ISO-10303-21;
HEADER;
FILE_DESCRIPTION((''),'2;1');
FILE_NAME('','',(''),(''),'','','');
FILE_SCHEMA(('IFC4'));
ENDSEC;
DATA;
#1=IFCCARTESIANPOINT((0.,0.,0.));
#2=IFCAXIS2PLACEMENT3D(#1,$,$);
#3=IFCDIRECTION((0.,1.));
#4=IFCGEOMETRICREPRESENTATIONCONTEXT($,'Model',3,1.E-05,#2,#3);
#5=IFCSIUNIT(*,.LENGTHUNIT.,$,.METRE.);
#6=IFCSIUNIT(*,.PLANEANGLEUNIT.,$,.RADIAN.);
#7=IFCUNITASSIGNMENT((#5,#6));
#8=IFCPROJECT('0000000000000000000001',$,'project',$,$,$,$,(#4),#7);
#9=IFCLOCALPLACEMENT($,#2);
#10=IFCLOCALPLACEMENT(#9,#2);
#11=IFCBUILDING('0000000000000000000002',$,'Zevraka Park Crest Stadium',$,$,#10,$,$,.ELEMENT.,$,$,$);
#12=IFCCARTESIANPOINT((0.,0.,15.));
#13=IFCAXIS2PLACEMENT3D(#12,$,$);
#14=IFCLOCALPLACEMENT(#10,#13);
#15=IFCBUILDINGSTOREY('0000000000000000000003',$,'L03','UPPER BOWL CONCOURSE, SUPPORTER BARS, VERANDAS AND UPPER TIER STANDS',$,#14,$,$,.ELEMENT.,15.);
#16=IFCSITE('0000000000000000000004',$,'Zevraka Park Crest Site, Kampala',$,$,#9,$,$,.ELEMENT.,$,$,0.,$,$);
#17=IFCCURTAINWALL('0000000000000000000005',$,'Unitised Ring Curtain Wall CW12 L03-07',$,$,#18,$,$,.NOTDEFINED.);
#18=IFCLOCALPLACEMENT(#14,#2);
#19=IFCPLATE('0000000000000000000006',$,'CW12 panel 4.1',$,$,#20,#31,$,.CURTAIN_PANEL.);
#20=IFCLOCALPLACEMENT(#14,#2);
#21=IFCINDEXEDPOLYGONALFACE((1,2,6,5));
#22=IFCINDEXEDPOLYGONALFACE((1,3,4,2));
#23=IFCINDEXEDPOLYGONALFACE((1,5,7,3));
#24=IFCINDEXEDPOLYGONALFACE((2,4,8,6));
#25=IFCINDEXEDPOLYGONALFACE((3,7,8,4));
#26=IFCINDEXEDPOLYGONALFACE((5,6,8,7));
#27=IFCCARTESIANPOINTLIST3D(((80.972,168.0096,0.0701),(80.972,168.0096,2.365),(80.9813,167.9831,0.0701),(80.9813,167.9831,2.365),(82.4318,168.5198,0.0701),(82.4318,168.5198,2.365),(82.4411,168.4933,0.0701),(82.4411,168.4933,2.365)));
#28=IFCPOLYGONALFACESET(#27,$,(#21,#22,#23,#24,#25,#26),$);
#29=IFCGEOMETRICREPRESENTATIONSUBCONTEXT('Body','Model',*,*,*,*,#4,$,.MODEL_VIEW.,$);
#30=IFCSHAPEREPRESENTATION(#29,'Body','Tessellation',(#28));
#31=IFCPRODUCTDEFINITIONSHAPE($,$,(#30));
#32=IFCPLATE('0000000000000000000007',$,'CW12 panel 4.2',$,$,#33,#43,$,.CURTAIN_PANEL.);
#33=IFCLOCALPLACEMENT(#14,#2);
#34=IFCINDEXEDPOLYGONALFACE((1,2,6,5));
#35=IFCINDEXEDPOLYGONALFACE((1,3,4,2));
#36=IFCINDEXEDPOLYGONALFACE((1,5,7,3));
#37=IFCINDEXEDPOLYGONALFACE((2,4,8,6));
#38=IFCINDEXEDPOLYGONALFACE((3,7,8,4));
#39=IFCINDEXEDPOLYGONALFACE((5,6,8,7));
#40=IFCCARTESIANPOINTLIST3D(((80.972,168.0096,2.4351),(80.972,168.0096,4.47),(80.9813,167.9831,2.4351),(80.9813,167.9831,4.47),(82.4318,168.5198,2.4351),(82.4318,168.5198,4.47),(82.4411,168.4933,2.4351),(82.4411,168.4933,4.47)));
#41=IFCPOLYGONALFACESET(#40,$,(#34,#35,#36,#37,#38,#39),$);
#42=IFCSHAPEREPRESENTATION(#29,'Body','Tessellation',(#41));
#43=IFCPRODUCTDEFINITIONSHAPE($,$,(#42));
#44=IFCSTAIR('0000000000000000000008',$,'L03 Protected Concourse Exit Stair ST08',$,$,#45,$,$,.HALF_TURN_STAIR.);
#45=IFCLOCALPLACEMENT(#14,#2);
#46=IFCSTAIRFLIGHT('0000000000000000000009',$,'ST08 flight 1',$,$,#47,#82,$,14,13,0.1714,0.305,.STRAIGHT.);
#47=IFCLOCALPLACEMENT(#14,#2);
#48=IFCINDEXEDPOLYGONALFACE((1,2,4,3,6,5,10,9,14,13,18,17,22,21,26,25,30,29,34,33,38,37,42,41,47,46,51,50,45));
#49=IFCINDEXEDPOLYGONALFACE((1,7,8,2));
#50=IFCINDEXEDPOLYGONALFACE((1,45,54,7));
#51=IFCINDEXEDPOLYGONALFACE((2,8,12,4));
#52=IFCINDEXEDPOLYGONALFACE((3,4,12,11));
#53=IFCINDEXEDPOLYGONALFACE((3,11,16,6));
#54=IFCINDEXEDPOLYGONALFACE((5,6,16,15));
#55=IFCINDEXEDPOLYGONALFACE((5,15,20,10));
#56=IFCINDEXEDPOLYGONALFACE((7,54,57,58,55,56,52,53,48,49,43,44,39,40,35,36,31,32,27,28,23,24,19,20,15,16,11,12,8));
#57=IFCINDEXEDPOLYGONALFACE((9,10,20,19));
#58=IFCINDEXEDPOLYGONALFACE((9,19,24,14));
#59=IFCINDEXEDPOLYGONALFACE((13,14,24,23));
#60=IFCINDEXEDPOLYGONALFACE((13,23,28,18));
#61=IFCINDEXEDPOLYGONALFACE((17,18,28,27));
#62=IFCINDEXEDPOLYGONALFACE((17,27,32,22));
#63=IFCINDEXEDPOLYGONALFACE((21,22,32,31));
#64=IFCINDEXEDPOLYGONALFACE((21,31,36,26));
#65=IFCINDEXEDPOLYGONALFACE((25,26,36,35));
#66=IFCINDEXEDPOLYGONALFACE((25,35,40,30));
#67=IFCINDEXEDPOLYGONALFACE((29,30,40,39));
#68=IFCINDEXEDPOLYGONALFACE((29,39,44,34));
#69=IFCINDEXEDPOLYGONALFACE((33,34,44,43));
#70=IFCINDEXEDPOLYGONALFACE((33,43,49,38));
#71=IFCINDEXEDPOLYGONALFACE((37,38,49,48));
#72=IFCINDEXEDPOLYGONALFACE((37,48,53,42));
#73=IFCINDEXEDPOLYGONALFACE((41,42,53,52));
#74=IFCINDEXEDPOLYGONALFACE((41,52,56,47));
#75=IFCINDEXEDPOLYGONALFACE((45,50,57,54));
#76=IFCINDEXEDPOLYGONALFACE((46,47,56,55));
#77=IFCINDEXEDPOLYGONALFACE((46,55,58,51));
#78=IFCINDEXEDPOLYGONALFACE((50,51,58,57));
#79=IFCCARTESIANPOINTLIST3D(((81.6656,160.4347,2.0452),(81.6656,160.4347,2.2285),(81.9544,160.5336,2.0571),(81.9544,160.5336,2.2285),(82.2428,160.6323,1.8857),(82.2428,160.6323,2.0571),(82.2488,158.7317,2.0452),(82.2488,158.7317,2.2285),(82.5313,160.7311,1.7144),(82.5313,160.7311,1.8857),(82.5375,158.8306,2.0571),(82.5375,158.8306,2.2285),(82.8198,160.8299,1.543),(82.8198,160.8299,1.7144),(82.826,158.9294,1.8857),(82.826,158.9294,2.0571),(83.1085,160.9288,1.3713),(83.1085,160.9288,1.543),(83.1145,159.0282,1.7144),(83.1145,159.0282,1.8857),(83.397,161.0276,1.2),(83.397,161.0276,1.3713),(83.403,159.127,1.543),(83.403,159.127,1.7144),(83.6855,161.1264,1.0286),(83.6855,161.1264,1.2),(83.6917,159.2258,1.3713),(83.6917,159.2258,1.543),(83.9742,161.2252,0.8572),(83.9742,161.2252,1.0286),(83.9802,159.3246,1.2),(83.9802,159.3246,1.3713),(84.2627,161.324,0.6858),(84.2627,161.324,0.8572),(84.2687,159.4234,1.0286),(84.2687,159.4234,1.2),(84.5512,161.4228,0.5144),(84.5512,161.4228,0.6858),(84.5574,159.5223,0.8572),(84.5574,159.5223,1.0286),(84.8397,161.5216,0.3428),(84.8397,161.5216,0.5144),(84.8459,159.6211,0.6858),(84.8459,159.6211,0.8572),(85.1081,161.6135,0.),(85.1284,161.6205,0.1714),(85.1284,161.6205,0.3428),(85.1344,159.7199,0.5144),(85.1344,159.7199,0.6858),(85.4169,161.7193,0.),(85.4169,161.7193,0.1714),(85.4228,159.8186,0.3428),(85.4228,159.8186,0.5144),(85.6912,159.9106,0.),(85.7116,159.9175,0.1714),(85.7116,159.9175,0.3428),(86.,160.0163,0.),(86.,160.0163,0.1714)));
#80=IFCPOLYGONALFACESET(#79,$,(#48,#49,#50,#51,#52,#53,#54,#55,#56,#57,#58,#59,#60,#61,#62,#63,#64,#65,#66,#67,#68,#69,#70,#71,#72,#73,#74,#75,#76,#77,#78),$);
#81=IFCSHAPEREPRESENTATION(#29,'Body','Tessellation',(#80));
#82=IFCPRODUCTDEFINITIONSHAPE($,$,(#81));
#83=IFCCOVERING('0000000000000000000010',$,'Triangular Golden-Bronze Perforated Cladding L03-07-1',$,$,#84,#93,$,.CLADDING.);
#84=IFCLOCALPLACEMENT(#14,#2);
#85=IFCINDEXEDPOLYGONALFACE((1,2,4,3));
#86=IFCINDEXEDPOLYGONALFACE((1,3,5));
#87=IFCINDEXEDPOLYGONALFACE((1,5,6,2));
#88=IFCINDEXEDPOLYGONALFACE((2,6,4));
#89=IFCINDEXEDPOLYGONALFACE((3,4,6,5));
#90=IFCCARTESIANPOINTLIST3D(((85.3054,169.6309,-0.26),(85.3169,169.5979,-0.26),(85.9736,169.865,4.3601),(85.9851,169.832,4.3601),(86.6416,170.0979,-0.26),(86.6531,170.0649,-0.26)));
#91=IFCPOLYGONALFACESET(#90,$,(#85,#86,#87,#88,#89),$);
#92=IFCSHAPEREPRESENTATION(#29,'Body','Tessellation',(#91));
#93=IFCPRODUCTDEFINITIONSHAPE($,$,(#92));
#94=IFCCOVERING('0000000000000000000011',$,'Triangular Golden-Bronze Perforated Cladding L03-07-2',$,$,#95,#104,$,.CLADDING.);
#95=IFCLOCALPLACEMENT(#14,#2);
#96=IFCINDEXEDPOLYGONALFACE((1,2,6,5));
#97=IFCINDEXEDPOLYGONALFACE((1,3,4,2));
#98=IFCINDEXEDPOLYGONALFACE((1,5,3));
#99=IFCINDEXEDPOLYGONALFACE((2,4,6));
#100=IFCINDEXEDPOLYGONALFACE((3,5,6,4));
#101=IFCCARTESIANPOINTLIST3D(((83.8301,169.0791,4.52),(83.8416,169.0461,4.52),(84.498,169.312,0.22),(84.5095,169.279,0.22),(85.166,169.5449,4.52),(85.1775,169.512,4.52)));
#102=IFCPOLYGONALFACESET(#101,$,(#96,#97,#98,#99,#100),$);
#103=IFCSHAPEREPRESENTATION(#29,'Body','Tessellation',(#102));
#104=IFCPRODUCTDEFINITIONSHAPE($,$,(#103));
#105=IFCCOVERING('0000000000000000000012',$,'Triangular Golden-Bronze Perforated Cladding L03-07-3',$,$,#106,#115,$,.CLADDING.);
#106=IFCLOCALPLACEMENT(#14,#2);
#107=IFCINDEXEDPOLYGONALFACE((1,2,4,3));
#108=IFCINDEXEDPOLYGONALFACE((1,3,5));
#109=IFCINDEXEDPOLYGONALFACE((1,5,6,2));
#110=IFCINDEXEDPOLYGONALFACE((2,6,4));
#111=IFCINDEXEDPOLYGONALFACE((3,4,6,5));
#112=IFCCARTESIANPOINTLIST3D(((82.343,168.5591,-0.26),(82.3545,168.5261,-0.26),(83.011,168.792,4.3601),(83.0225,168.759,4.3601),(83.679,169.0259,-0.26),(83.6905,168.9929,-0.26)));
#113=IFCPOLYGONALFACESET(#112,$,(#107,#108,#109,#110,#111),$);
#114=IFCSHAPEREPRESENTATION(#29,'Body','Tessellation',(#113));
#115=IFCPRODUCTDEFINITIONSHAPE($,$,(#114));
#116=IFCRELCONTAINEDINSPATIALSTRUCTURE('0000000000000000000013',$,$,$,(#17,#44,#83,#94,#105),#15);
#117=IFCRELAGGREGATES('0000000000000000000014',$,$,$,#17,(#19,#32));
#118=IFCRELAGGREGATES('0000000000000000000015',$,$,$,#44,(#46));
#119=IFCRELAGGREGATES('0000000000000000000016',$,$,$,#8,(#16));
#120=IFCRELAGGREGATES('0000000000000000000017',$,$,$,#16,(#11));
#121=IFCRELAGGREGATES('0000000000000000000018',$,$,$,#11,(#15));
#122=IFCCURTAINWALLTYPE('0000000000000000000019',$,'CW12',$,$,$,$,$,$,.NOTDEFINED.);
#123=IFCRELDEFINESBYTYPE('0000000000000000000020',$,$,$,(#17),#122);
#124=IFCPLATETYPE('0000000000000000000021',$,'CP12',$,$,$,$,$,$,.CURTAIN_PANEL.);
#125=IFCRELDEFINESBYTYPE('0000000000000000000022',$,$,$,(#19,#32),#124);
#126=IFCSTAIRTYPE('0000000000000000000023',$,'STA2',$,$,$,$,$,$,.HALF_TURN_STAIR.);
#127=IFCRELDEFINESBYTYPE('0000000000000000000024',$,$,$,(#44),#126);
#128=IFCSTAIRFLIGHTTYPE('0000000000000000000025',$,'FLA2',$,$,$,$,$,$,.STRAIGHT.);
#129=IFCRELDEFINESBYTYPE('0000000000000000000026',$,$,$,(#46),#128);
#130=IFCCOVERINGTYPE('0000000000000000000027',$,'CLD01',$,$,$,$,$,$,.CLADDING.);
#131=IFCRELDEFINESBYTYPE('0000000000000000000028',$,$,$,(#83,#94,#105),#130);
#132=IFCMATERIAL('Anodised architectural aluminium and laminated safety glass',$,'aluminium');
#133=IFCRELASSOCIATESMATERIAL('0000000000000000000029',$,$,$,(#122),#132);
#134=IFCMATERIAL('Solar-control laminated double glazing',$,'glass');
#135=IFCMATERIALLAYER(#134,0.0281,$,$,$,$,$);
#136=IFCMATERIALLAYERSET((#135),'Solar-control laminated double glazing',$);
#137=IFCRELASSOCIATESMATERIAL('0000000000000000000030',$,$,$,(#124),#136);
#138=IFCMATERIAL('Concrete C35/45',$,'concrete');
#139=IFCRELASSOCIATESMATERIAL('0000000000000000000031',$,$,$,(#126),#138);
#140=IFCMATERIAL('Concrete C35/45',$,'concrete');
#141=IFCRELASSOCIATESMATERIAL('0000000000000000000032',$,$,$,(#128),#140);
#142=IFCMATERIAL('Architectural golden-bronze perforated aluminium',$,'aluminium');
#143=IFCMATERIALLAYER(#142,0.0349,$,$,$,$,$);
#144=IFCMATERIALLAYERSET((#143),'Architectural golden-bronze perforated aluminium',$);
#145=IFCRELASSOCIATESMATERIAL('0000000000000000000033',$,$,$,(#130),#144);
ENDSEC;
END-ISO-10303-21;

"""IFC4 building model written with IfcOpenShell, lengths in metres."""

from ifc_helpers import new_model, si_unit, direction, frame, origin, origin_2d, place, context, subcontext, project, spatial, polyline, rectangle, outline, extrude, material, layer, layer_set, type_object, element, aggregate, save


model = new_model("IFC4")

# Units and contexts
model_context = context("Model", 3, precision=1e-05, world=origin(), true_north=direction((0.0, 1.0)))
body_context = subcontext(model_context, "Body", "Model", "MODEL_VIEW")
ifc_project = project(units=[si_unit("LENGTHUNIT", "METRE"), si_unit("PLANEANGLEUNIT", "RADIAN")], contexts=[model_context])

# Site, building, storey
site_placement = place(None, origin())
site = spatial("IfcSite", under=ifc_project, at=site_placement, Name="Zevraka Park Crest Site, Kampala", CompositionType="ELEMENT", RefElevation=0.0)
building_placement = place(site_placement, origin())
building = spatial("IfcBuilding", under=site, at=building_placement, Name="Zevraka Park Crest Stadium", CompositionType="ELEMENT")
storey_placement = place(building_placement, frame((0.0, 0.0, 15.0)))
storey = spatial("IfcBuildingStorey", under=building, at=storey_placement, Name="L03", Description="UPPER BOWL CONCOURSE, SUPPORTER BARS, VERANDAS AND UPPER TIER STANDS", CompositionType="ELEMENT", Elevation=15.0)

# Curtain wall
ifc_material_1 = material(Name="Anodised architectural aluminium and laminated safety glass", Category="aluminium")
curtain_wall_type_1 = type_object("IfcCurtainWallType", Name="CW12", PredefinedType="NOTDEFINED", material=ifc_material_1)
curtain_wall_1_placement = place(storey_placement, origin())
curtain_wall_1 = element("IfcCurtainWall", 1, at=curtain_wall_1_placement, inside=storey, type_object=curtain_wall_type_1, Name="Unitised Ring Curtain Wall CW12 L03-07", PredefinedType="NOTDEFINED")

# Plates
ifc_material_2 = material(Name="Solar-control laminated double glazing", Category="glass")
ifc_layer_1 = layer(ifc_material_2, 0.0281)
ifc_layer_set_1 = layer_set([ifc_layer_1], Name="Solar-control laminated double glazing")
plate_type = type_object("IfcPlateType", Name="CP12", PredefinedType="CURTAIN_PANEL", material=ifc_layer_set_1)
plate_1_placement = place(storey_placement, frame((81.7065, 168.2515, 0.0701), z_axis=(0.0, 0.0, 1.0), x_axis=(-0.94401, -0.329917, 0.0)))
plate_1 = element("IfcPlate", 2, at=plate_1_placement, type_object=plate_type, Name="CW12 panel 4.1", PredefinedType="CURTAIN_PANEL", context=body_context, shape_type="SweptSolid", body=[
    extrude(rectangle(XDim=1.5464, YDim=0.0281, at=origin_2d()), origin(), (0.0, 0.0, 1.0), 2.2949),
])
plate_2_placement = place(storey_placement, frame((81.7065, 168.2515, 2.4351), z_axis=(0.0, 0.0, 1.0), x_axis=(-0.94401, -0.329917, 0.0)))
plate_2 = element("IfcPlate", 3, at=plate_2_placement, type_object=plate_type, Name="CW12 panel 4.2", PredefinedType="CURTAIN_PANEL", context=body_context, shape_type="SweptSolid", body=[
    extrude(rectangle(XDim=1.5464, YDim=0.0281, at=origin_2d()), origin(), (0.0, 0.0, 1.0), 2.0349),
])
aggregate(curtain_wall_1, [plate_1, plate_2])

# Stair, stair flight
ifc_material_3 = material(Name="Concrete C35/45", Category="concrete")
stair_type = type_object("IfcStairType", Name="STA2", PredefinedType="HALF_TURN_STAIR", material=ifc_material_3)
stair_placement = place(storey_placement, origin())
stair = element("IfcStair", 4, at=stair_placement, inside=storey, type_object=stair_type, Name="L03 Protected Concourse Exit Stair ST08", PredefinedType="HALF_TURN_STAIR")
ifc_material_4 = material(Name="Concrete C35/45", Category="concrete")
stair_flight_type = type_object("IfcStairFlightType", Name="FLA2", PredefinedType="STRAIGHT", material=ifc_material_4)
stair_flight_placement = place(storey_placement, frame((85.7085, 160.8677, 0.0), z_axis=(0.0, 0.0, 1.0), x_axis=(-0.946066, -0.323974, 0.0)))
stair_flight = element("IfcStairFlight", 5, at=stair_flight_placement, type_object=stair_flight_type, Name="ST08 flight 1", NumberOfRisers=14, NumberOfTreads=13, PredefinedType="STRAIGHT", RiserHeight=0.1714, TreadLength=0.305, context=body_context, shape_type="SweptSolid", body=[
    extrude(outline(polyline([(0.0, 0.0), (0.0, 0.1714), (0.3049, 0.1714), (0.3049, 0.3428), (0.6101, 0.3428), (0.6101, 0.5144), (0.915, 0.5144), (0.915, 0.6858), (1.22, 0.6858), (1.22, 0.8572), (1.5249, 0.8572), (1.5249, 1.0286), (1.8301, 1.0286), (1.8301, 1.2), (2.135, 1.2), (2.135, 1.3713), (2.4399, 1.3713), (2.4399, 1.543), (2.7451, 1.543), (2.7451, 1.7144), (3.05, 1.7144), (3.05, 1.8857), (3.355, 1.8857), (3.355, 2.0571), (3.6599, 2.0571), (3.6599, 2.2285), (3.9651, 2.2285), (3.9651, 2.3999), (3.9651, 2.0452), (0.3264, 0.0), (0.0, 0.0)])), frame((0.0, 0.8999, 0.0), z_axis=(0.0, -1.0, 0.0), x_axis=(1.0, 0.0, 0.0)), (0.0, 0.0, 1.0), 1.8),
])
aggregate(stair, [stair_flight])

# Coverings
ifc_material_5 = material(Name="Architectural golden-bronze perforated aluminium", Category="aluminium")
ifc_layer_2 = layer(ifc_material_5, 0.0349)
ifc_layer_set_2 = layer_set([ifc_layer_2], Name="Architectural golden-bronze perforated aluminium")
covering_type = type_object("IfcCoveringType", Name="CLD01", PredefinedType="CLADDING", material=ifc_layer_set_2)
covering_1_placement = place(storey_placement, frame((86.6531, 170.0649, -0.26), z_axis=(0.329959, -0.943995, 0.000116), x_axis=(-0.943995, -0.329959, 0.0)))
element("IfcCovering", 6, at=covering_1_placement, inside=storey, type_object=covering_type, Name="Triangular Golden-Bronze Perforated Cladding L03-07-1", PredefinedType="CLADDING", context=body_context, shape_type="SweptSolid", body=[
    extrude(outline(polyline([(0.0, 0.0), (1.4155, 0.0), (0.7074, -4.6201), (0.0, 0.0)])), origin(), (0.0, 0.0, -1.0), 0.0349),
])
covering_2_placement = place(storey_placement, frame((83.8301, 169.0791, 4.52), z_axis=(-0.329243, 0.944245, 0.0), x_axis=(0.944245, 0.329243, 0.0)))
element("IfcCovering", 7, at=covering_2_placement, inside=storey, type_object=covering_type, Name="Triangular Golden-Bronze Perforated Cladding L03-07-2", PredefinedType="CLADDING", context=body_context, shape_type="SweptSolid", body=[
    extrude(outline(polyline([(0.0, 0.0), (1.4148, 0.0), (0.7074, 4.3), (0.0, 0.0)])), origin(), (0.0, 0.0, -1.0), 0.0349),
])
covering_3_placement = place(storey_placement, frame((83.679, 169.0259, -0.26), z_axis=(-0.329859, 0.94403, 0.0001), x_axis=(-0.94403, -0.329859, 0.0)))
element("IfcCovering", 8, at=covering_3_placement, inside=storey, type_object=covering_type, Name="Triangular Golden-Bronze Perforated Cladding L03-07-3", PredefinedType="CLADDING", context=body_context, shape_type="SweptSolid", body=[
    extrude(outline(polyline([(0.0, 0.0), (1.4151, 0.0), (0.7077, 4.6201), (0.0, 0.0)])), origin(), (0.0, 0.0, -1.0), 0.0349),
])

save(model, "model.ifc")
